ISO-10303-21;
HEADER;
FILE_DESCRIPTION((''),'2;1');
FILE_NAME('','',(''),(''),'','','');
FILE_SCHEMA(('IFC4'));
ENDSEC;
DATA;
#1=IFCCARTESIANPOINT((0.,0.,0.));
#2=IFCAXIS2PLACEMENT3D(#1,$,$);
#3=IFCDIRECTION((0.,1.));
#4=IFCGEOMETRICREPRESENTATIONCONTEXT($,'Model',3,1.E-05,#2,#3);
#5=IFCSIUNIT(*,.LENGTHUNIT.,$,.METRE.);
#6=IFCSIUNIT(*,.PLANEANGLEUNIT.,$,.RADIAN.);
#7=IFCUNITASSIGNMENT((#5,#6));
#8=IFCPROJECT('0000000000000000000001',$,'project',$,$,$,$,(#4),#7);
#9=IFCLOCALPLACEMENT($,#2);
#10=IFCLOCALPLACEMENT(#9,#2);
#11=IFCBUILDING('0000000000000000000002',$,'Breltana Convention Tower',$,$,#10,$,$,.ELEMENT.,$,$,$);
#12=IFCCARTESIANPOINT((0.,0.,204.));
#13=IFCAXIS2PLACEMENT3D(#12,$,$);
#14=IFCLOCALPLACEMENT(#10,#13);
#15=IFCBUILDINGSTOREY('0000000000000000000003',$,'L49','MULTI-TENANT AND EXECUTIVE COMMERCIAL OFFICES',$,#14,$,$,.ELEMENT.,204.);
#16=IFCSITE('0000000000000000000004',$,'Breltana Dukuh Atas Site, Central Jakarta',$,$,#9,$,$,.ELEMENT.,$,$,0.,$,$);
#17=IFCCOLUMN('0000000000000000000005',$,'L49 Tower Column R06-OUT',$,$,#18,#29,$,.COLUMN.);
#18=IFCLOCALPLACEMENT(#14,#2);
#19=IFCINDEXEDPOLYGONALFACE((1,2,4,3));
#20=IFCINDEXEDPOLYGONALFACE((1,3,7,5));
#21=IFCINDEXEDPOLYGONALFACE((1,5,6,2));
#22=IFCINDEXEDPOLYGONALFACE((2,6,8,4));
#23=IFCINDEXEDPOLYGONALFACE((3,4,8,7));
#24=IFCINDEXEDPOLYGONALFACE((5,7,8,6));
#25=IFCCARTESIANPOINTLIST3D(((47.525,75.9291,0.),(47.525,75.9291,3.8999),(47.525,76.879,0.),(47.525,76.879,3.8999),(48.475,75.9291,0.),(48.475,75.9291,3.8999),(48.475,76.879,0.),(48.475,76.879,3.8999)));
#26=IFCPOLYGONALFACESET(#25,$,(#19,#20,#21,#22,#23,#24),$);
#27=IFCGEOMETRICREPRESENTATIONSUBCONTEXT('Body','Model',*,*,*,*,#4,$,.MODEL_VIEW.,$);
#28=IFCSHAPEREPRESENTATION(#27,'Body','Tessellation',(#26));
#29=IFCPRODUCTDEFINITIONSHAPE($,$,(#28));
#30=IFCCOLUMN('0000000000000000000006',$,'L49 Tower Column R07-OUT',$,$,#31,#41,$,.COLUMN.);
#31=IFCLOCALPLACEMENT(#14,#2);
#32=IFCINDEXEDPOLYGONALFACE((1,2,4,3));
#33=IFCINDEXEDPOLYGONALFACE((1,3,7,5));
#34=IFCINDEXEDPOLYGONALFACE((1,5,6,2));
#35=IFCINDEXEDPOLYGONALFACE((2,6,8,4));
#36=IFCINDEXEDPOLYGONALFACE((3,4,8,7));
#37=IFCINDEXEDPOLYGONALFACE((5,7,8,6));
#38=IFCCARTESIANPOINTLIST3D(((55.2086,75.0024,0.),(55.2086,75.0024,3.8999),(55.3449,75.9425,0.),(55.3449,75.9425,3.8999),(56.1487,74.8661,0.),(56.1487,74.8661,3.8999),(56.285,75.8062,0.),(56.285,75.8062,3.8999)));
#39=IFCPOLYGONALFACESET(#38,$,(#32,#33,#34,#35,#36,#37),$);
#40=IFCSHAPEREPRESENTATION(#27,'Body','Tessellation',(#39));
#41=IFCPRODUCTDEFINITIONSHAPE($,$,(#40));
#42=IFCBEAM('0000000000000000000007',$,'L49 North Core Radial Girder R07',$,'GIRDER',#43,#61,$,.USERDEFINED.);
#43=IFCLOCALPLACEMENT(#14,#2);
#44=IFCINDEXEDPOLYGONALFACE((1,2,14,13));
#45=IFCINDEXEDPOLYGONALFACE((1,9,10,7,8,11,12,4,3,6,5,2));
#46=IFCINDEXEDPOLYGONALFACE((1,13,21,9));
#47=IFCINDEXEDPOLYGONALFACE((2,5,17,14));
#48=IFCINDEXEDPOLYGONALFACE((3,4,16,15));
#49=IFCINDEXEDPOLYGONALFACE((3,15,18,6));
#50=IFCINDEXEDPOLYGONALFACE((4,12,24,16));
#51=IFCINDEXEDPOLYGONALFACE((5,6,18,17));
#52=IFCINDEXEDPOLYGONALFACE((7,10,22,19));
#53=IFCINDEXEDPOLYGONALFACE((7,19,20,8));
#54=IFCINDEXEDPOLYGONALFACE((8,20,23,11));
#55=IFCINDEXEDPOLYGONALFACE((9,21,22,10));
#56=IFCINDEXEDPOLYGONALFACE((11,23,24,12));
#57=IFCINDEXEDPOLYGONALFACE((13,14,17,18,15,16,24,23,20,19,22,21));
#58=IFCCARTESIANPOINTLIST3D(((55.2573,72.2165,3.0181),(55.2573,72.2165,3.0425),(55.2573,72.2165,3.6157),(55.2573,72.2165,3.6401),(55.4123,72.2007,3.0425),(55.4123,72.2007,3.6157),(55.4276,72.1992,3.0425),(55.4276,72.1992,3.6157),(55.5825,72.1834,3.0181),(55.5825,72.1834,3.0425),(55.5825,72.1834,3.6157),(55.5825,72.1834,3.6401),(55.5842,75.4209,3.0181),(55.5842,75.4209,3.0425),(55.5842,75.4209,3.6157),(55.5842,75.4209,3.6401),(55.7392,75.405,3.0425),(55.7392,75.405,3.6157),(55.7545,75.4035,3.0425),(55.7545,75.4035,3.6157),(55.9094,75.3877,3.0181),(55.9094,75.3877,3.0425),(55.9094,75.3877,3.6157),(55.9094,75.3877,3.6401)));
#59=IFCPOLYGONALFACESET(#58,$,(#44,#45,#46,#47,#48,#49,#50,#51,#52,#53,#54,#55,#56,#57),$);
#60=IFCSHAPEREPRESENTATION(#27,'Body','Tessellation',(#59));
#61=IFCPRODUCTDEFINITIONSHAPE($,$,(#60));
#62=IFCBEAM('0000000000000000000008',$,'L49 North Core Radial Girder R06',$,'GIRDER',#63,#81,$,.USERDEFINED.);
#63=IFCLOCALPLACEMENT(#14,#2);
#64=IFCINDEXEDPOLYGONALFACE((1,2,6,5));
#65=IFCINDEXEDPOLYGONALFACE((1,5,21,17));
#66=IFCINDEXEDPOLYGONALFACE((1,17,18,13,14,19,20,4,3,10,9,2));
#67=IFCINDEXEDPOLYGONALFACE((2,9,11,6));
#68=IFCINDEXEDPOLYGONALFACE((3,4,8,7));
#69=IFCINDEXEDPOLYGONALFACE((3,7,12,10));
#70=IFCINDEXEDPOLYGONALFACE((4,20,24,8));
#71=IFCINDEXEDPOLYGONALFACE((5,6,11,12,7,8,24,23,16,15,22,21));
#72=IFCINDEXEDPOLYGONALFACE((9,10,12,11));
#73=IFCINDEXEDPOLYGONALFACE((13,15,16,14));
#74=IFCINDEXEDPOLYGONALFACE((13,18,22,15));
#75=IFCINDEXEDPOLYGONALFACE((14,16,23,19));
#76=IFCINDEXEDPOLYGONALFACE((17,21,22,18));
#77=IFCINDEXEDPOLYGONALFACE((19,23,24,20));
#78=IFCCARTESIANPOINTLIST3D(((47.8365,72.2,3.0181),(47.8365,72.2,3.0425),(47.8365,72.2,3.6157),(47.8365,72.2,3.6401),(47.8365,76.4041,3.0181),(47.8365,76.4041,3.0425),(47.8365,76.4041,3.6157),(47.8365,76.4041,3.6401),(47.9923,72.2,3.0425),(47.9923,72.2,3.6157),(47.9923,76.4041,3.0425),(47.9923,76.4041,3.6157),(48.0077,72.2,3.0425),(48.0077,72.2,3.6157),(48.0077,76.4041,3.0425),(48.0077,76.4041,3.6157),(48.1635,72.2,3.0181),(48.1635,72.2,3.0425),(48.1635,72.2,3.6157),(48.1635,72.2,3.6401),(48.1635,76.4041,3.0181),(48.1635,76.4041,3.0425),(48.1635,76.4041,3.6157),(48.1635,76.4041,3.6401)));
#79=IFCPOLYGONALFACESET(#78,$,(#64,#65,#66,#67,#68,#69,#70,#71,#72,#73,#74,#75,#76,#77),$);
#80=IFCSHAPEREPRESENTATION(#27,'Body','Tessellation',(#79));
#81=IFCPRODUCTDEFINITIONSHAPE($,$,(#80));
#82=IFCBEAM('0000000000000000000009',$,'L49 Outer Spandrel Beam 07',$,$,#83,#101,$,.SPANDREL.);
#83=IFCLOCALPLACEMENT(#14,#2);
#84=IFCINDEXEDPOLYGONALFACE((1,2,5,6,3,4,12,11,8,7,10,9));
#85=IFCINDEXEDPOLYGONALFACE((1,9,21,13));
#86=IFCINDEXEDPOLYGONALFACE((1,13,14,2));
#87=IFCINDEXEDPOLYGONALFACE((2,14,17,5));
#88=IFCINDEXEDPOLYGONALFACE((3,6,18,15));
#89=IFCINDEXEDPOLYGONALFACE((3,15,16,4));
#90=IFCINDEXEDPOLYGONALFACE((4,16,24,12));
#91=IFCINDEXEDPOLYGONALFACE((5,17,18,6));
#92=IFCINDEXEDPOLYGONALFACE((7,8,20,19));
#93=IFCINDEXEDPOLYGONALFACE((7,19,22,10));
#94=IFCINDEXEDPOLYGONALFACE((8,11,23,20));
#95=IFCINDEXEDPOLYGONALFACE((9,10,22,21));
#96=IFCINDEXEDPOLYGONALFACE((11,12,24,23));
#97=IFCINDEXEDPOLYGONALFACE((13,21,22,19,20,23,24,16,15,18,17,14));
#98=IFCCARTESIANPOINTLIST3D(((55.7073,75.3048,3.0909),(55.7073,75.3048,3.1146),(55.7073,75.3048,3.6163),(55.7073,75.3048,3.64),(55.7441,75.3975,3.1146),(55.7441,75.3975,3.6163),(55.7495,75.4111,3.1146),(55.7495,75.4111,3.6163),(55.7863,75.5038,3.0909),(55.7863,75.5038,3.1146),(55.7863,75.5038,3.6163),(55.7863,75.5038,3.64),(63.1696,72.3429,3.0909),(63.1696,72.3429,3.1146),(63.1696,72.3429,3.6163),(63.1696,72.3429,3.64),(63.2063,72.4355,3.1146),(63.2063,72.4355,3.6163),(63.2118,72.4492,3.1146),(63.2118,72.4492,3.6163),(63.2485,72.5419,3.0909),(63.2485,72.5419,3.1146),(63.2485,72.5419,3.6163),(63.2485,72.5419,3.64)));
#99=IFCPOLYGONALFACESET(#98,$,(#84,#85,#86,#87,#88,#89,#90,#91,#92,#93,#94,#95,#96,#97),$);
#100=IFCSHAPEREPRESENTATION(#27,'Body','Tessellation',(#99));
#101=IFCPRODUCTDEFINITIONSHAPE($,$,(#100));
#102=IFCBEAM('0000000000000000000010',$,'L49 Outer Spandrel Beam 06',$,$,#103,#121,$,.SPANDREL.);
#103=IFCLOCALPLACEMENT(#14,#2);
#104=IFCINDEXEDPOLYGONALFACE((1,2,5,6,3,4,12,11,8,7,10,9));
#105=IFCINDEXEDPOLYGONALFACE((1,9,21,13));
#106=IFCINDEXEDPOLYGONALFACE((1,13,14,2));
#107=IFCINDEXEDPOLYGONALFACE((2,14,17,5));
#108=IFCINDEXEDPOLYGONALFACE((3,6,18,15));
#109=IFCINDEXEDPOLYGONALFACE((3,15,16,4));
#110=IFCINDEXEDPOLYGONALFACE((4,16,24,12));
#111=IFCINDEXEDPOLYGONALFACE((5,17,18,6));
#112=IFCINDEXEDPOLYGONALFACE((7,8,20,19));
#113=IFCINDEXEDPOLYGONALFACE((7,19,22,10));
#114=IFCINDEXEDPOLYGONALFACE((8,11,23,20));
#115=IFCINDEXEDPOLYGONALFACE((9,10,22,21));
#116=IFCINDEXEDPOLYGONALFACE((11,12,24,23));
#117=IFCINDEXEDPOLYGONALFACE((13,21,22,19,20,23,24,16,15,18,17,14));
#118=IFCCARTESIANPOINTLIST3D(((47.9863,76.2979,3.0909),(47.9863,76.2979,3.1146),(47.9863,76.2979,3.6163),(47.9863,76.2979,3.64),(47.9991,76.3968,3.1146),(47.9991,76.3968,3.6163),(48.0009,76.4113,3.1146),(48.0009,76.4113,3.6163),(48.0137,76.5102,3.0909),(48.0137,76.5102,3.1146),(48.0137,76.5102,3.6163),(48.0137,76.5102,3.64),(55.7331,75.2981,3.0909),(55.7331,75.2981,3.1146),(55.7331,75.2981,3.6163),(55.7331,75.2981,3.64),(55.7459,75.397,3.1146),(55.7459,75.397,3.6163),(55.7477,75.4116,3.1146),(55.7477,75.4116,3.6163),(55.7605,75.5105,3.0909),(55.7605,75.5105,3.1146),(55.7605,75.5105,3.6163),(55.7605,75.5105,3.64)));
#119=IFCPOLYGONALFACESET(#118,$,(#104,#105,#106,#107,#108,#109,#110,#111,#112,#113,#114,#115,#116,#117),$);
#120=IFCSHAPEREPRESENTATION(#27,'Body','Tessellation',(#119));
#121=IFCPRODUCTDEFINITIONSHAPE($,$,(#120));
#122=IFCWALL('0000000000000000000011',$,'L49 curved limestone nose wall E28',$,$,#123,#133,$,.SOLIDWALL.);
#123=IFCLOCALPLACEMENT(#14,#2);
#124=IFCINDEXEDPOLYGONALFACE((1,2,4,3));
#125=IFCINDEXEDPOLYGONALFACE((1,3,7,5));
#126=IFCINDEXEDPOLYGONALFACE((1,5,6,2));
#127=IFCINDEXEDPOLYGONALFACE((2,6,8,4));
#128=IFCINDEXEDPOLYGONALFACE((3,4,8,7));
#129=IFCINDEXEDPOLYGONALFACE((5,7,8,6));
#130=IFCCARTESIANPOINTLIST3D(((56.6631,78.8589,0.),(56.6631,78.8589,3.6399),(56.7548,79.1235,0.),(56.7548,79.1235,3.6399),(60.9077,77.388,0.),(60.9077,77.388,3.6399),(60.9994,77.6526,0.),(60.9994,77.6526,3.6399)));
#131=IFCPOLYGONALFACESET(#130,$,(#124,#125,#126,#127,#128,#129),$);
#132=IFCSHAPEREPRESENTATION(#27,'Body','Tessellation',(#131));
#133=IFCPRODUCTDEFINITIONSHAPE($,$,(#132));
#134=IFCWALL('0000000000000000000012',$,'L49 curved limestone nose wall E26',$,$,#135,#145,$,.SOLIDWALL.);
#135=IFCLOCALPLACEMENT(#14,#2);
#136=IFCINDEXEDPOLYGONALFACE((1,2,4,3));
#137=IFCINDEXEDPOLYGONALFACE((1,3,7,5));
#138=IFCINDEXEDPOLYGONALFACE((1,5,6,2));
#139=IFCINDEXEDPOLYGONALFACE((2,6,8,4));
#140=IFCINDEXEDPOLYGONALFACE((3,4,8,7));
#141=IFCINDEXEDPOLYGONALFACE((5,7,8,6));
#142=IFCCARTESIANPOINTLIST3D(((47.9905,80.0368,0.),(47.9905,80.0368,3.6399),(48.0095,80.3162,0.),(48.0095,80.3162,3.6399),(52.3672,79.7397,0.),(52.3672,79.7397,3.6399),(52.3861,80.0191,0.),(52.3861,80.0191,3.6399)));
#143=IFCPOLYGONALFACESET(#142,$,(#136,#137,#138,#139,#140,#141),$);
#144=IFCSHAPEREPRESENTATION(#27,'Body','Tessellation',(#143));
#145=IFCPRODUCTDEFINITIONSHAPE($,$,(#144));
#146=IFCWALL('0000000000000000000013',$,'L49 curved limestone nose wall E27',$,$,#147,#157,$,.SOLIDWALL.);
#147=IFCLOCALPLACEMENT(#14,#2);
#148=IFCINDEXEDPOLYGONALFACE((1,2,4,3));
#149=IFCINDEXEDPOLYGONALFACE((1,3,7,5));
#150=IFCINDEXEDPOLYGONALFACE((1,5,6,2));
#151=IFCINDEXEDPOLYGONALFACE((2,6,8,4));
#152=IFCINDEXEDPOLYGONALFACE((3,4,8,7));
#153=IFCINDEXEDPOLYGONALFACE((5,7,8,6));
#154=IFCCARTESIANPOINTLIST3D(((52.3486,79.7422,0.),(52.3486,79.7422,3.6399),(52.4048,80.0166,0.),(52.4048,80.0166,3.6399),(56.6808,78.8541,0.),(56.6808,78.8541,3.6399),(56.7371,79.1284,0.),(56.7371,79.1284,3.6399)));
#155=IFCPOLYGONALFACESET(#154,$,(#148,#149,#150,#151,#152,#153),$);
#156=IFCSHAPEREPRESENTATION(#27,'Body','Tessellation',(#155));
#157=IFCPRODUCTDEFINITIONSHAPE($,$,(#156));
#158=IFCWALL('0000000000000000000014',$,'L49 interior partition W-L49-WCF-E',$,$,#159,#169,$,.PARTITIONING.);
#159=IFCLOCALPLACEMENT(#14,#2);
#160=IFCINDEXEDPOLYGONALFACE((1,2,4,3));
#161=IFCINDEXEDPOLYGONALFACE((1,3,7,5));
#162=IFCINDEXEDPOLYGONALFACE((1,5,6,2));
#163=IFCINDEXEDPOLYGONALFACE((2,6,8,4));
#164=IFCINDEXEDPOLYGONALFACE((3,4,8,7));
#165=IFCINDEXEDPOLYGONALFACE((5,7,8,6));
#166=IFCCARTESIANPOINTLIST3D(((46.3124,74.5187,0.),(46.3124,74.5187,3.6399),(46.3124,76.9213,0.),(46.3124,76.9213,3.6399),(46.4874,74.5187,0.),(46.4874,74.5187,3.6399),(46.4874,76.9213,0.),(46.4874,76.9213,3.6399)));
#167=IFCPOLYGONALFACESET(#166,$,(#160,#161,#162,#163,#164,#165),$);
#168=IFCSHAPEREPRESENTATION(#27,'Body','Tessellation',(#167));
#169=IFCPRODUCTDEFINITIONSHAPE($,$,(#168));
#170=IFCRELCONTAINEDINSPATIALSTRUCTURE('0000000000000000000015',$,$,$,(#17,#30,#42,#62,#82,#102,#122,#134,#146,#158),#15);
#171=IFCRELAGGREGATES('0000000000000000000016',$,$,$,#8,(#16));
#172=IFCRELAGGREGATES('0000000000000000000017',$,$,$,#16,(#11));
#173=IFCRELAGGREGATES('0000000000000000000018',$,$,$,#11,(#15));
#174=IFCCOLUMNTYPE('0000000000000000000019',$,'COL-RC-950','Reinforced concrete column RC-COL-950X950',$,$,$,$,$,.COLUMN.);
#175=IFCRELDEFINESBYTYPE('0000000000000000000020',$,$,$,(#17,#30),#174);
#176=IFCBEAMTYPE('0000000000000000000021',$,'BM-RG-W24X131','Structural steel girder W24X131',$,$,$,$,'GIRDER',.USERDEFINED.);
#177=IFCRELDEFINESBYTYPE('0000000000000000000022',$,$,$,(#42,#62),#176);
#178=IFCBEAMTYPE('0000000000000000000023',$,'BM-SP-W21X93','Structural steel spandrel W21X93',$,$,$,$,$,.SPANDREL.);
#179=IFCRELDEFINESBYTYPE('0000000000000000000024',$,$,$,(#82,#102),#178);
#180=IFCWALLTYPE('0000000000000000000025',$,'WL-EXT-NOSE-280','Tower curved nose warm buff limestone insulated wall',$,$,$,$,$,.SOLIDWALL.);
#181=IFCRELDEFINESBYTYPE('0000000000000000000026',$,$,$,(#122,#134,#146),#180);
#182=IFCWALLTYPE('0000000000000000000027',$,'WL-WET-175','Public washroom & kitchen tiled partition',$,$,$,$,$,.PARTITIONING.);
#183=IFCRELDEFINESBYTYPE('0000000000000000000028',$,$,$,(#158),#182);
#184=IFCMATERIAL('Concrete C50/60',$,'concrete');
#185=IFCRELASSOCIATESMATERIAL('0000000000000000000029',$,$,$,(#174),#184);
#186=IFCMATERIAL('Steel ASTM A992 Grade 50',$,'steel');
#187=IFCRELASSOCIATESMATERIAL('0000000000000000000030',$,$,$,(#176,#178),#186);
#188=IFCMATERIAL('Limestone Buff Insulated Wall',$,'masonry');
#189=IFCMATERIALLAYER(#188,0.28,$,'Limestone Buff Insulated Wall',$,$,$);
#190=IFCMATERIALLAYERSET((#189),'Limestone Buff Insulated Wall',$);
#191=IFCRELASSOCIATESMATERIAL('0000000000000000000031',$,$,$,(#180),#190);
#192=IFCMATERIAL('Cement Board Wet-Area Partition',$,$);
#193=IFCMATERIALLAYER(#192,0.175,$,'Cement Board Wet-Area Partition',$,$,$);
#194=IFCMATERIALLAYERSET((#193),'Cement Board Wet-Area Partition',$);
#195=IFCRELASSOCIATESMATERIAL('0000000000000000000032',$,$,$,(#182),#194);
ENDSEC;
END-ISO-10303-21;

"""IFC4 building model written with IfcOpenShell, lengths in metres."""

from ifc_helpers import new_model, si_unit, direction, frame, frame_2d, origin, origin_2d, place, context, subcontext, project, spatial, rectangle, i_section, extrude, source, transform, mapped, material, layer, layer_set, material_profile, profile_set, type_object, element, save


model = new_model("IFC4")

# Units and contexts
model_context = context("Model", 3, precision=1e-05, world=origin(), true_north=direction((0.0, 1.0)))
body_context = subcontext(model_context, "Body", "Model", "MODEL_VIEW")
ifc_project = project(units=[si_unit("LENGTHUNIT", "METRE"), si_unit("PLANEANGLEUNIT", "RADIAN")], contexts=[model_context])

# Site, building, storey
site_placement = place(None, origin())
site = spatial("IfcSite", under=ifc_project, at=site_placement, Name="Breltana Dukuh Atas Site, Central Jakarta", CompositionType="ELEMENT", RefElevation=0.0)
building_placement = place(site_placement, origin())
building = spatial("IfcBuilding", under=site, at=building_placement, Name="Breltana Convention Tower", CompositionType="ELEMENT")
storey_placement = place(building_placement, frame((0.0, 0.0, 204.0)))
storey = spatial("IfcBuildingStorey", under=building, at=storey_placement, Name="L49", Description="MULTI-TENANT AND EXECUTIVE COMMERCIAL OFFICES", CompositionType="ELEMENT", Elevation=204.0)

# Columns
ifc_material_1 = material(Name="Concrete C50/60", Category="concrete")
ifc_material_profile_1 = material_profile(ifc_material_1, rectangle(XDim=0.95, YDim=0.95, at=origin_2d()), Name="RC-COL-950X950")
ifc_profile_set_1 = profile_set([ifc_material_profile_1], Name="Concrete C50/60")
column_type = type_object("IfcColumnType", Name="COL-RC-950", Description="Reinforced concrete column RC-COL-950X950", PredefinedType="COLUMN", material=ifc_profile_set_1)
shared_shape_1 = source(origin(), body_context, "Body", "SweptSolid", [
    extrude(rectangle(XDim=0.95, YDim=0.95, at=origin_2d()), origin(), (0.0, 0.0, 1.0), 3.8999),
])
for number, where, z_axis, x_axis, name in (
    (1, (48.0, 76.4041, 0.0), (0.0, 0.0, 1.0), (0.0, 1.0, 0.0), "L49 Tower Column R06-OUT"),
    (2, (55.7468, 75.4043, 0.0), (0.0, 0.0, 1.0), (0.143493, 0.989651, 0.0), "L49 Tower Column R07-OUT"),
):
    element("IfcColumn", number, at=place(storey_placement, frame(where, z_axis=z_axis, x_axis=x_axis)), inside=storey, type_object=column_type, Name=name, PredefinedType="COLUMN", context=body_context, shape_type="MappedRepresentation", body=[
        mapped(shared_shape_1, transform((0.0, 0.0, 0.0), scale=1.0)),
    ])

# Beams
ifc_material_2 = material(Name="Steel ASTM A992 Grade 50", Category="steel")
ifc_material_profile_2 = material_profile(ifc_material_2, i_section(OverallWidth=0.3269, OverallDepth=0.6221, WebThickness=0.0154, FlangeThickness=0.0244, at=origin_2d()), Name="W24X131")
ifc_profile_set_2 = profile_set([ifc_material_profile_2], Name="Steel ASTM A992 Grade 50")
beam_type_1 = type_object("IfcBeamType", Name="BM-RG-W24X131", Description="Structural steel girder W24X131", ElementType="GIRDER", PredefinedType="USERDEFINED", material=ifc_profile_set_2)
shared_shape_2 = source(origin(), body_context, "Body", "SweptSolid", [
    extrude(i_section(OverallWidth=0.3269, OverallDepth=0.6221, WebThickness=0.0154, FlangeThickness=0.0244, at=origin_2d()), origin(), (0.0, 0.0, 1.0), 3.2209),
])
beam_1_placement = place(storey_placement, frame((55.4199, 72.2, 3.3291), z_axis=(0.101492, 0.994836, 0.0), x_axis=(-0.994836, 0.101492, 0.0)))
element("IfcBeam", 3, at=beam_1_placement, inside=storey, type_object=beam_type_1, Name="L49 North Core Radial Girder R07", ObjectType="GIRDER", PredefinedType="USERDEFINED", context=body_context, shape_type="MappedRepresentation", body=[
    mapped(shared_shape_2, transform((0.0, 0.0, 0.0), scale=1.0)),
])
shared_shape_3 = source(origin(), body_context, "Body", "SweptSolid", [
    extrude(i_section(OverallWidth=0.3269, OverallDepth=0.6221, WebThickness=0.0154, FlangeThickness=0.0244, at=origin_2d()), origin(), (0.0, 0.0, 1.0), 4.2041),
])
beam_2_placement = place(storey_placement, frame((48.0, 72.2, 3.3291), z_axis=(0.0, 1.0, 0.0), x_axis=(-1.0, 0.0, 0.0)))
element("IfcBeam", 4, at=beam_2_placement, inside=storey, type_object=beam_type_1, Name="L49 North Core Radial Girder R06", ObjectType="GIRDER", PredefinedType="USERDEFINED", context=body_context, shape_type="MappedRepresentation", body=[
    mapped(shared_shape_3, transform((0.0, 0.0, 0.0), scale=1.0)),
])
ifc_material_profile_3 = material_profile(ifc_material_2, i_section(OverallWidth=0.2141, OverallDepth=0.5491, WebThickness=0.0146, FlangeThickness=0.0237, at=origin_2d()), Name="W21X93")
ifc_profile_set_3 = profile_set([ifc_material_profile_3], Name="Steel ASTM A992 Grade 50")
beam_type_2 = type_object("IfcBeamType", Name="BM-SP-W21X93", Description="Structural steel spandrel W21X93", PredefinedType="SPANDREL", material=ifc_profile_set_3)
shared_shape_4 = source(origin(), body_context, "Body", "SweptSolid", [
    extrude(i_section(OverallWidth=0.2141, OverallDepth=0.5491, WebThickness=0.0146, FlangeThickness=0.0237, at=origin_2d()), origin(), (0.0, 0.0, 1.0), 8.0286),
])
beam_3_placement = place(storey_placement, frame((55.7468, 75.4043, 3.3655), z_axis=(0.929459, -0.368925, 0.0), x_axis=(0.368925, 0.929459, 0.0)))
element("IfcBeam", 5, at=beam_3_placement, inside=storey, type_object=beam_type_2, Name="L49 Outer Spandrel Beam 07", PredefinedType="SPANDREL", context=body_context, shape_type="MappedRepresentation", body=[
    mapped(shared_shape_4, transform((0.0, 0.0, 0.0), scale=1.0)),
])
shared_shape_5 = source(origin(), body_context, "Body", "SweptSolid", [
    extrude(i_section(OverallWidth=0.2141, OverallDepth=0.5491, WebThickness=0.0146, FlangeThickness=0.0237, at=origin_2d()), origin(), (0.0, 0.0, 1.0), 7.811),
])
beam_4_placement = place(storey_placement, frame((48.0, 76.4041, 3.3655), z_axis=(0.991775, -0.127992, 0.0), x_axis=(0.127992, 0.991775, 0.0)))
element("IfcBeam", 6, at=beam_4_placement, inside=storey, type_object=beam_type_2, Name="L49 Outer Spandrel Beam 06", PredefinedType="SPANDREL", context=body_context, shape_type="MappedRepresentation", body=[
    mapped(shared_shape_5, transform((0.0, 0.0, 0.0), scale=1.0)),
])

# Walls
ifc_material_3 = material(Name="Limestone Buff Insulated Wall", Category="masonry")
ifc_layer_1 = layer(ifc_material_3, 0.28, Name="Limestone Buff Insulated Wall")
ifc_layer_set_1 = layer_set([ifc_layer_1], Name="Limestone Buff Insulated Wall")
wall_type_1 = type_object("IfcWallType", Name="WL-EXT-NOSE-280", Description="Tower curved nose warm buff limestone insulated wall", PredefinedType="SOLIDWALL", material=ifc_layer_set_1)
shared_shape_6 = source(origin(), body_context, "Body", "SweptSolid", [
    extrude(rectangle(XDim=4.4922, YDim=0.28, at=frame_2d((2.2461, 0.0))), origin(), (0.0, 0.0, 1.0), 3.6399),
])
wall_1_placement = place(storey_placement, frame((56.709, 78.9912, 0.0), z_axis=(0.0, 0.0, 1.0), x_axis=(0.944872, -0.327439, 0.0)))
element("IfcWall", 7, at=wall_1_placement, inside=storey, type_object=wall_type_1, Name="L49 curved limestone nose wall E28", PredefinedType="SOLIDWALL", context=body_context, shape_type="MappedRepresentation", body=[
    mapped(shared_shape_6, transform((0.0, 0.0, 0.0), scale=1.0)),
])
shared_shape_7 = source(origin(), body_context, "Body", "SweptSolid", [
    extrude(rectangle(XDim=4.3867, YDim=0.28, at=frame_2d((2.1934, 0.0))), origin(), (0.0, 0.0, 1.0), 3.6399),
])
wall_2_placement = place(storey_placement, frame((48.0, 80.1765, 0.0), z_axis=(0.0, 0.0, 1.0), x_axis=(0.997704, -0.067731, 0.0)))
element("IfcWall", 8, at=wall_2_placement, inside=storey, type_object=wall_type_1, Name="L49 curved limestone nose wall E26", PredefinedType="SOLIDWALL", context=body_context, shape_type="MappedRepresentation", body=[
    mapped(shared_shape_7, transform((0.0, 0.0, 0.0), scale=1.0)),
])
shared_shape_8 = source(origin(), body_context, "Body", "SweptSolid", [
    extrude(rectangle(XDim=4.4224, YDim=0.28, at=frame_2d((2.2112, 0.0))), origin(), (0.0, 0.0, 1.0), 3.6399),
])
wall_3_placement = place(storey_placement, frame((52.3767, 79.8794, 0.0), z_axis=(0.0, 0.0, 1.0), x_axis=(0.979624, -0.200838, 0.0)))
element("IfcWall", 9, at=wall_3_placement, inside=storey, type_object=wall_type_1, Name="L49 curved limestone nose wall E27", PredefinedType="SOLIDWALL", context=body_context, shape_type="MappedRepresentation", body=[
    mapped(shared_shape_8, transform((0.0, 0.0, 0.0), scale=1.0)),
])
ifc_material_4 = material(Name="Cement Board Wet-Area Partition")
ifc_layer_2 = layer(ifc_material_4, 0.175, Name="Cement Board Wet-Area Partition")
ifc_layer_set_2 = layer_set([ifc_layer_2], Name="Cement Board Wet-Area Partition")
wall_type_2 = type_object("IfcWallType", Name="WL-WET-175", Description="Public washroom & kitchen tiled partition", PredefinedType="PARTITIONING", material=ifc_layer_set_2)
shared_shape_9 = source(origin(), body_context, "Body", "SweptSolid", [
    extrude(rectangle(XDim=2.4026, YDim=0.175, at=frame_2d((1.2012, 0.0))), origin(), (0.0, 0.0, 1.0), 3.6399),
])
for number, where, z_axis, x_axis, name in (
    (10, (46.3999, 74.5188, 0.0), (0.0, 0.0, 1.0), (0.0, 1.0, 0.0), "L49 interior partition W-L49-WCF-E"),
):
    element("IfcWall", number, at=place(storey_placement, frame(where, z_axis=z_axis, x_axis=x_axis)), inside=storey, type_object=wall_type_2, Name=name, PredefinedType="PARTITIONING", context=body_context, shape_type="MappedRepresentation", body=[
        mapped(shared_shape_9, transform((0.0, 0.0, 0.0), scale=1.0)),
    ])

save(model, "model.ifc")
